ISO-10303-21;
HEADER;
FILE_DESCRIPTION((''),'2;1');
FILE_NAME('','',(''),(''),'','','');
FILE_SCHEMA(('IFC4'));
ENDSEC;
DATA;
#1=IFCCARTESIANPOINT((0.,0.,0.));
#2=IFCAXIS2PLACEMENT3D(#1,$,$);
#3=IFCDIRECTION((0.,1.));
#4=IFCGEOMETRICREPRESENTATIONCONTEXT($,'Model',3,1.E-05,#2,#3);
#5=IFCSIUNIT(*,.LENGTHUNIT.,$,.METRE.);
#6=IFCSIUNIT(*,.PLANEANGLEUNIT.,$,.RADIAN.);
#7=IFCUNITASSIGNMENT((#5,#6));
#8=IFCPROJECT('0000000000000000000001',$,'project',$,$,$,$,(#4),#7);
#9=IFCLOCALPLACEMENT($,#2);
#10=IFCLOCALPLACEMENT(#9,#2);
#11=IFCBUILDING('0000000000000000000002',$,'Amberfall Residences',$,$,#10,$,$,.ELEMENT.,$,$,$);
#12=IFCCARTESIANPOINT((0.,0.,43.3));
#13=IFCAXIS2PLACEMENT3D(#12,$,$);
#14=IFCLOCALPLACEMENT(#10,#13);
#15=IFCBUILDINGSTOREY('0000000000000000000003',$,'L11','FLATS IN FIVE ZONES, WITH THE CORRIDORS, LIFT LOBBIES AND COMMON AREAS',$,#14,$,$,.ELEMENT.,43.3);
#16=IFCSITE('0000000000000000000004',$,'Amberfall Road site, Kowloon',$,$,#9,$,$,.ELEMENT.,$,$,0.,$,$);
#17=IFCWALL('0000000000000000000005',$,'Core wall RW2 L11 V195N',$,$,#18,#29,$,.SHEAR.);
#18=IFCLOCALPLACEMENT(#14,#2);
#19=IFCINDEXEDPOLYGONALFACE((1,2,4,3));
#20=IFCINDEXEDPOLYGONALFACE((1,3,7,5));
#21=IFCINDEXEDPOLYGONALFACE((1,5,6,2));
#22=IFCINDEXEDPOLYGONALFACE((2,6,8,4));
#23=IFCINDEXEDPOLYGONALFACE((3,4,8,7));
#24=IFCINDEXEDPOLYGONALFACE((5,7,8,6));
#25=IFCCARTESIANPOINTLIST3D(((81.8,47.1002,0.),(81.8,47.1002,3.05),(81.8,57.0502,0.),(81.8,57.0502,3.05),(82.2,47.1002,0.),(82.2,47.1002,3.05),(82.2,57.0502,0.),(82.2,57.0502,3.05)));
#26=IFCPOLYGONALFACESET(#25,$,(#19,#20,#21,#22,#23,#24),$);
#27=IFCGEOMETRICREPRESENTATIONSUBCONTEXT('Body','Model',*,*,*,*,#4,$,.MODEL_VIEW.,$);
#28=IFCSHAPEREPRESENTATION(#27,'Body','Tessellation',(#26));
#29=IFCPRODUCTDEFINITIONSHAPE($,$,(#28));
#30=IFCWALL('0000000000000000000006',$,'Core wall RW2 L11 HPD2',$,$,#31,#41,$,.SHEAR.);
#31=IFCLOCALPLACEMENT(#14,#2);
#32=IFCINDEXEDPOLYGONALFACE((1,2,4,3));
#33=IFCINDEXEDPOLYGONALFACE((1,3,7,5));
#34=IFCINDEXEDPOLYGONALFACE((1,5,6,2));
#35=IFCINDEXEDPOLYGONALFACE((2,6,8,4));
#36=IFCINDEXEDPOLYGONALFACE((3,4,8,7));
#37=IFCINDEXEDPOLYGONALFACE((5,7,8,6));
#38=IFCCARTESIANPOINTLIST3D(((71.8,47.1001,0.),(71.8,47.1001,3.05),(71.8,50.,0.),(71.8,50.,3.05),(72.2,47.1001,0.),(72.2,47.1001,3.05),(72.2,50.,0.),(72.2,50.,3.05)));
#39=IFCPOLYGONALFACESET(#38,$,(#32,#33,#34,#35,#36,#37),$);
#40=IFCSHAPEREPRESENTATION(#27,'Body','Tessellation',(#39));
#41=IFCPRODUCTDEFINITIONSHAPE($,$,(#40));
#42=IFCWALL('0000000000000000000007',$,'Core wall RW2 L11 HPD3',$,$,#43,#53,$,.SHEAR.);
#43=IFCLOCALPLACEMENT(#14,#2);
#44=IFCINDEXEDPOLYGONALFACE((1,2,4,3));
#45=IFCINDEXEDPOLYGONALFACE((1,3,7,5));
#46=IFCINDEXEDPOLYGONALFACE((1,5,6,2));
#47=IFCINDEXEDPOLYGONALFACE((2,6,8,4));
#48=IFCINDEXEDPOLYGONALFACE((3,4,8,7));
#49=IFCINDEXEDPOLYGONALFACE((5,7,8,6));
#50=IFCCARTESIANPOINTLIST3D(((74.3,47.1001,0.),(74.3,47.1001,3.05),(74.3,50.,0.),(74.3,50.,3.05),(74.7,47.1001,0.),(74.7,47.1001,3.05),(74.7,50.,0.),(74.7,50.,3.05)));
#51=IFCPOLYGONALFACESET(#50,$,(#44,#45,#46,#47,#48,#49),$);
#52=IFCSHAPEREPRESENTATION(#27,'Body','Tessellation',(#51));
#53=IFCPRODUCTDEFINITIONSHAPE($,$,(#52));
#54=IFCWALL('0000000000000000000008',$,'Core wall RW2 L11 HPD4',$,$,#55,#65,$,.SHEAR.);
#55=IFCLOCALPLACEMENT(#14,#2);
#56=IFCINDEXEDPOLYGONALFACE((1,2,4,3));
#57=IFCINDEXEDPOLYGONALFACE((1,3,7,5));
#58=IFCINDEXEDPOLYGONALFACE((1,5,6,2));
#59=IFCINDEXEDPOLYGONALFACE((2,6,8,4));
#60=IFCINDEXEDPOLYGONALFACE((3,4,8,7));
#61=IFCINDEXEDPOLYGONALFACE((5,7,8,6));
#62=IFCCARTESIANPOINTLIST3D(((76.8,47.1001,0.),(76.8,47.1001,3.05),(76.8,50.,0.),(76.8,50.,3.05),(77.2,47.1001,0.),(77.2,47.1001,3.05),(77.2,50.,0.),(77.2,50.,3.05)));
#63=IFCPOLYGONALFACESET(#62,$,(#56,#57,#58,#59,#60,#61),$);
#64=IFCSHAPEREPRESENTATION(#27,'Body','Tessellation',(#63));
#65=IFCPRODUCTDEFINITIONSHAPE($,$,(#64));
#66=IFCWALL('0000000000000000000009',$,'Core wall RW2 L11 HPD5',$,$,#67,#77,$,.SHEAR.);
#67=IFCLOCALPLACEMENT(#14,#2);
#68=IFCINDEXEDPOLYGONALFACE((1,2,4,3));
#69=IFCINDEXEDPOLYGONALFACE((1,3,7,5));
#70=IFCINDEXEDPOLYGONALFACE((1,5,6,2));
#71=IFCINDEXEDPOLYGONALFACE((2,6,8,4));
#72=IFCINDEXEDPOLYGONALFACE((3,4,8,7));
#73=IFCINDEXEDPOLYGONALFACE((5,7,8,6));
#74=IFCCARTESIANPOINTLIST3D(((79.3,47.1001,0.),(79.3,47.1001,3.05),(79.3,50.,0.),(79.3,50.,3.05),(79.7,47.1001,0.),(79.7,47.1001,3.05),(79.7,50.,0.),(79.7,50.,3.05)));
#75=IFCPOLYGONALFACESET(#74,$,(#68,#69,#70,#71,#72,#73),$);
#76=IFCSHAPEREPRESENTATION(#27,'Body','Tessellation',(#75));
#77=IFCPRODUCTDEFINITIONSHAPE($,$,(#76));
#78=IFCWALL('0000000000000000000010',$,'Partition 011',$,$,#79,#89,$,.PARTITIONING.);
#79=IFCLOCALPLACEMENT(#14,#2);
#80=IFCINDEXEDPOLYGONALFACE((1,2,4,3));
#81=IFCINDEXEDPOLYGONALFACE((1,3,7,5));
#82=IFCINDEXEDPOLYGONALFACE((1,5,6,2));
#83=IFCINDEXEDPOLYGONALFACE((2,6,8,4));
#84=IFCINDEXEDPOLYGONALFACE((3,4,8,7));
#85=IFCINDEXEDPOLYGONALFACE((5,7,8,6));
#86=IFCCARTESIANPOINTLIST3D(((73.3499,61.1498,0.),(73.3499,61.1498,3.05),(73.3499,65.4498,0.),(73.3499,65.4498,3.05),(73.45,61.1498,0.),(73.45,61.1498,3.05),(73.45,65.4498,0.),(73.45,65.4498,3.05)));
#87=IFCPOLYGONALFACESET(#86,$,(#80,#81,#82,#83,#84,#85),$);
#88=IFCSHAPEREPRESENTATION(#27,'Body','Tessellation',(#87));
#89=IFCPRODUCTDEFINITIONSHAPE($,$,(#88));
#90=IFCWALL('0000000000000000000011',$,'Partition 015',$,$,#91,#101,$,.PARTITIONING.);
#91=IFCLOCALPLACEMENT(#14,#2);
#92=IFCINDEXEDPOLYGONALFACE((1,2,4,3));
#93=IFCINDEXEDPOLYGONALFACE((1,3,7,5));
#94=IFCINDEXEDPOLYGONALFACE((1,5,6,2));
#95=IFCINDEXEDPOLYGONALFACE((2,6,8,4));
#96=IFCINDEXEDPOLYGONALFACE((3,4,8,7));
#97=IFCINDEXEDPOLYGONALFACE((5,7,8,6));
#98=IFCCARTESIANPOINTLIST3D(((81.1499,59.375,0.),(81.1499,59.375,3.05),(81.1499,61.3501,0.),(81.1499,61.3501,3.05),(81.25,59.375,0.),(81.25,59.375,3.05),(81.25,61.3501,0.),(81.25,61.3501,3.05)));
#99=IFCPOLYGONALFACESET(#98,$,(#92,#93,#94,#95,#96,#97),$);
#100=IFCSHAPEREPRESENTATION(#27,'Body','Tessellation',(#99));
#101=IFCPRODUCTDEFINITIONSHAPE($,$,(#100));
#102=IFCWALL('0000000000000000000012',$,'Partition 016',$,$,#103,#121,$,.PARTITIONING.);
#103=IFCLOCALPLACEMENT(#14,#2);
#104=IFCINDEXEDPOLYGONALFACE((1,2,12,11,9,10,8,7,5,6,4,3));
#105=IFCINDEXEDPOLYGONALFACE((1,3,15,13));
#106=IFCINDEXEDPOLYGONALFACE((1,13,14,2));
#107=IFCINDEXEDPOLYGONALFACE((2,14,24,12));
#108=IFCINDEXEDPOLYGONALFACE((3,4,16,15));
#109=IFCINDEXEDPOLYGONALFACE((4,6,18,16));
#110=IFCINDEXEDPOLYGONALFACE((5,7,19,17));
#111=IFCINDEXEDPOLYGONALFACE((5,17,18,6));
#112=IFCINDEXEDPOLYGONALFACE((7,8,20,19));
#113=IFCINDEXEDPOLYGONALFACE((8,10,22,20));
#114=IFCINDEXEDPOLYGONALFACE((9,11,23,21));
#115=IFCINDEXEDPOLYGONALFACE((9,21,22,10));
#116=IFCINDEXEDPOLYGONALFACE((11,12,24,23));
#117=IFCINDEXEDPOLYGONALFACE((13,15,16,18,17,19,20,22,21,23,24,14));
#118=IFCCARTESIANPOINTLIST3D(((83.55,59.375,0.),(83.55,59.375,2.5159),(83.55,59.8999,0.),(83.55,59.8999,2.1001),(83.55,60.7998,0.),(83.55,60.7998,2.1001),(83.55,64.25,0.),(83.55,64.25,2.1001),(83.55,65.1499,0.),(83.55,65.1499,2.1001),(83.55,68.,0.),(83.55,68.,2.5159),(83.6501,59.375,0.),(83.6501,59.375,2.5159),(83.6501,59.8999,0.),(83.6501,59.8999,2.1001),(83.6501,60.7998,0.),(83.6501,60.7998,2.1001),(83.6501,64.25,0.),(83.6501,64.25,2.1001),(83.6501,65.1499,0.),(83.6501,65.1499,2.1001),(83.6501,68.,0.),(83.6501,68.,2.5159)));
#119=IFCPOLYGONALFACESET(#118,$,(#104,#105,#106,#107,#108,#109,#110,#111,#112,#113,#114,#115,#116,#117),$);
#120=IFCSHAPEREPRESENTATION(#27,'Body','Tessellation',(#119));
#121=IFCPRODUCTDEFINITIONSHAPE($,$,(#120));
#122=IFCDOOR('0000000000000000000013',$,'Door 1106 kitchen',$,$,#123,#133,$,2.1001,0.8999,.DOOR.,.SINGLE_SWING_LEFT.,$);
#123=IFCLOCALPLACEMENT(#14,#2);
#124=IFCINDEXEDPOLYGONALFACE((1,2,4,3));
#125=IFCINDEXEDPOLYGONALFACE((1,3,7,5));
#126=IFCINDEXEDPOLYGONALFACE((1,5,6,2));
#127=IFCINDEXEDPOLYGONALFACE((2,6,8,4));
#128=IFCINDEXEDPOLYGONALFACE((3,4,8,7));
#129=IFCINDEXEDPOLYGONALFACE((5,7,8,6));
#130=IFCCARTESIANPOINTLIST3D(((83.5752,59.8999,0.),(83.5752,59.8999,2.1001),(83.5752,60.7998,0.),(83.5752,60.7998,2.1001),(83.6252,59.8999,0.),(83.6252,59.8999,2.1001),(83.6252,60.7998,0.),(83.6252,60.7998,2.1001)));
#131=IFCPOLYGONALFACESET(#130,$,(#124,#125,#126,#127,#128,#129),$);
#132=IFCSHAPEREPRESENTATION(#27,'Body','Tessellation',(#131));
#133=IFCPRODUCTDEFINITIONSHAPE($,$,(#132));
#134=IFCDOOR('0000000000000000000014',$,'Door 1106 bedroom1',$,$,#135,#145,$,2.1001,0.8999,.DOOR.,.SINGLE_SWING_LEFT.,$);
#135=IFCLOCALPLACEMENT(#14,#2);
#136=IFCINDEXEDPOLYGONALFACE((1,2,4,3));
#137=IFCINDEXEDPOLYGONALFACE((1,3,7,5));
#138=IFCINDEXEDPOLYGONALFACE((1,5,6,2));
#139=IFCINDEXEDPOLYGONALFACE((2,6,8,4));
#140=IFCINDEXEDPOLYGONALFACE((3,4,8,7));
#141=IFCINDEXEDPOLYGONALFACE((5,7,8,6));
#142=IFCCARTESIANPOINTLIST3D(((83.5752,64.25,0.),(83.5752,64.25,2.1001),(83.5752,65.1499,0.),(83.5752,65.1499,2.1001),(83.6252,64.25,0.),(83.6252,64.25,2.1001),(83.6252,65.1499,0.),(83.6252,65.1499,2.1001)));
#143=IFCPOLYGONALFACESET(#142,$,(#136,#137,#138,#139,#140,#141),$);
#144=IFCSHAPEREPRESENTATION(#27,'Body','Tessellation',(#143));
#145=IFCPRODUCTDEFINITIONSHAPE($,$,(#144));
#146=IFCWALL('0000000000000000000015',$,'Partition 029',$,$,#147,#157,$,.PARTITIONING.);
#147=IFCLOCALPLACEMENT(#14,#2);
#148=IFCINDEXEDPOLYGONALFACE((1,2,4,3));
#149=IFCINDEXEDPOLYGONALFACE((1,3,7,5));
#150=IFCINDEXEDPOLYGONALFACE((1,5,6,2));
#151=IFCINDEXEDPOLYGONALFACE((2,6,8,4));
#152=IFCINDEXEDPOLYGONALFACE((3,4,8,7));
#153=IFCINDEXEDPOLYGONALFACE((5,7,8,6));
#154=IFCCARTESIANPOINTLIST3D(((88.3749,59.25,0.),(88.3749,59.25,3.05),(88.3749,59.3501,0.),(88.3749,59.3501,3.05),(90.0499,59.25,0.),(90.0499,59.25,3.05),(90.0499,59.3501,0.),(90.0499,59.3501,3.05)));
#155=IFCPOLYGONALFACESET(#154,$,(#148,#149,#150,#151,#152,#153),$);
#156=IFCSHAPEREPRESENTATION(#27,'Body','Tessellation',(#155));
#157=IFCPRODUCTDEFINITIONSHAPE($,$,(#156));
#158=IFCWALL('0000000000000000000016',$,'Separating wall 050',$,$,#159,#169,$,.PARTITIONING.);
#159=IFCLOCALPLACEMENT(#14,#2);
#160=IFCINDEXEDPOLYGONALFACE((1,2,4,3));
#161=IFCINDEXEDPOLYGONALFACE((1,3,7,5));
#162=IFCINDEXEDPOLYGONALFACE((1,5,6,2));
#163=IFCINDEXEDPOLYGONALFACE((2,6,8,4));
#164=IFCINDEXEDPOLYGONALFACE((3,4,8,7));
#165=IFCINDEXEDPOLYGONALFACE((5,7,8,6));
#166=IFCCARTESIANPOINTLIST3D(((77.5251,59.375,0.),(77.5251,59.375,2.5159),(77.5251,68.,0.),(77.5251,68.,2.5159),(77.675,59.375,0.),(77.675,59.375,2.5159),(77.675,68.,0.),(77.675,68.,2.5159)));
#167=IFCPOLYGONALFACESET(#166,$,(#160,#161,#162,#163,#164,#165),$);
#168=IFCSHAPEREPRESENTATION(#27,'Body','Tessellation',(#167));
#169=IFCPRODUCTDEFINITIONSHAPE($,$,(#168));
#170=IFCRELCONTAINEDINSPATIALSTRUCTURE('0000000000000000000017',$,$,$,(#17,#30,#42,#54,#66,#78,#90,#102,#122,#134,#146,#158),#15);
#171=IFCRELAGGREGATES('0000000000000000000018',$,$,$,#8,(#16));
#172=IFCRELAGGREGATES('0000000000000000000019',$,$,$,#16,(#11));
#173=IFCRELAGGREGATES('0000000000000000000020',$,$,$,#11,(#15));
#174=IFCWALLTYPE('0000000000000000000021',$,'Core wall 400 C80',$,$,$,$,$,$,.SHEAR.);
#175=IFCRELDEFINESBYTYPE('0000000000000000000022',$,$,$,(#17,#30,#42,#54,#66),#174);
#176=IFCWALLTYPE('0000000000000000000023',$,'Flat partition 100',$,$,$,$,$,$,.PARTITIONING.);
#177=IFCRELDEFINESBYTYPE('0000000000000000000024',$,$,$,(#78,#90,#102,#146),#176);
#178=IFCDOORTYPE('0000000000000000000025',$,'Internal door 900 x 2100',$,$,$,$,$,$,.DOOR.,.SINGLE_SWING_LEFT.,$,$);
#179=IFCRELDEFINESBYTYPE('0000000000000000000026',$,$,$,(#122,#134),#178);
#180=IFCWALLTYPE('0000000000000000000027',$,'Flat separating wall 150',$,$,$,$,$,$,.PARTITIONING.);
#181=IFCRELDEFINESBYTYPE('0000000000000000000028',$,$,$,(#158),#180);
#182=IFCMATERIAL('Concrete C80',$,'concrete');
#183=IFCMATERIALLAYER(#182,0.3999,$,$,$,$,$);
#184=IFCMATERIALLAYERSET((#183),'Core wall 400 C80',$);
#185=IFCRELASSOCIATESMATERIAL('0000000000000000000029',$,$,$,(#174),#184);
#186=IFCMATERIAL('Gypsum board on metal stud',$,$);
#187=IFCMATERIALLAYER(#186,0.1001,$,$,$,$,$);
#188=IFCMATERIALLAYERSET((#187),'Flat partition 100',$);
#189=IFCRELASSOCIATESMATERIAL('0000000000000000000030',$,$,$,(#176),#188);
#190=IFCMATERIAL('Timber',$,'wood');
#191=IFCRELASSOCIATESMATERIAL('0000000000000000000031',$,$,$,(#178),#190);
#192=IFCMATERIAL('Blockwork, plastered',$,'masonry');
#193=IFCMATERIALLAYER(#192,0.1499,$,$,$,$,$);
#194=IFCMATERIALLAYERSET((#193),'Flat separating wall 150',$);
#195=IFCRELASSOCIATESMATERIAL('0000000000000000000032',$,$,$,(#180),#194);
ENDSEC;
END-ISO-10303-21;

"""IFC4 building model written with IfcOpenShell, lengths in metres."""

from ifc_helpers import new_model, si_unit, direction, frame, frame_2d, origin, place, context, subcontext, project, spatial, rectangle, extrude, material, layer, layer_set, type_object, element, fill, save


model = new_model("IFC4")

# Units and contexts
model_context = context("Model", 3, precision=1e-05, world=origin(), true_north=direction((0.0, 1.0)))
body_context = subcontext(model_context, "Body", "Model", "MODEL_VIEW")
ifc_project = project(units=[si_unit("LENGTHUNIT", "METRE"), si_unit("PLANEANGLEUNIT", "RADIAN")], contexts=[model_context])

# Site, building, storey
site_placement = place(None, origin())
site = spatial("IfcSite", under=ifc_project, at=site_placement, Name="Amberfall Road site, Kowloon", CompositionType="ELEMENT", RefElevation=0.0)
building_placement = place(site_placement, origin())
building = spatial("IfcBuilding", under=site, at=building_placement, Name="Amberfall Residences", CompositionType="ELEMENT")
storey_placement = place(building_placement, frame((0.0, 0.0, 43.3)))
storey = spatial("IfcBuildingStorey", under=building, at=storey_placement, Name="L11", Description="FLATS IN FIVE ZONES, WITH THE CORRIDORS, LIFT LOBBIES AND COMMON AREAS", CompositionType="ELEMENT", Elevation=43.3)

# Walls
ifc_material_1 = material(Name="Concrete C80", Category="concrete")
ifc_layer_1 = layer(ifc_material_1, 0.3999)
ifc_layer_set_1 = layer_set([ifc_layer_1], Name="Core wall 400 C80")
wall_type_1 = type_object("IfcWallType", Name="Core wall 400 C80", PredefinedType="SHEAR", material=ifc_layer_set_1)
wall_1_placement = place(storey_placement, frame((82.0, 47.1001, 0.0), z_axis=(0.0, 0.0, 1.0), x_axis=(0.0, 1.0, 0.0)))
element("IfcWall", 1, at=wall_1_placement, inside=storey, type_object=wall_type_1, Name="Core wall RW2 L11 V195N", PredefinedType="SHEAR", context=body_context, shape_type="SweptSolid", body=[
    extrude(rectangle(XDim=9.95, YDim=0.3999, at=frame_2d((4.9751, 0.0))), origin(), (0.0, 0.0, 1.0), 3.05),
])
for number, where, z_axis, x_axis, name in (
    (2, (72.0, 47.1001, 0.0), (0.0, 0.0, 1.0), (0.0, 1.0, 0.0), "Core wall RW2 L11 HPD2"),
    (3, (74.5, 47.1001, 0.0), (0.0, 0.0, 1.0), (0.0, 1.0, 0.0), "Core wall RW2 L11 HPD3"),
    (4, (77.0, 47.1001, 0.0), (0.0, 0.0, 1.0), (0.0, 1.0, 0.0), "Core wall RW2 L11 HPD4"),
    (5, (79.5, 47.1001, 0.0), (0.0, 0.0, 1.0), (0.0, 1.0, 0.0), "Core wall RW2 L11 HPD5"),
):
    element("IfcWall", number, at=place(storey_placement, frame(where, z_axis=z_axis, x_axis=x_axis)), inside=storey, type_object=wall_type_1, Name=name, PredefinedType="SHEAR", context=body_context, shape_type="SweptSolid", body=[
        extrude(rectangle(XDim=2.8999, YDim=0.3999, at=frame_2d((1.45, 0.0))), origin(), (0.0, 0.0, 1.0), 3.05),
    ])
ifc_material_2 = material(Name="Gypsum board on metal stud")
ifc_layer_2 = layer(ifc_material_2, 0.1001)
ifc_layer_set_2 = layer_set([ifc_layer_2], Name="Flat partition 100")
wall_type_2 = type_object("IfcWallType", Name="Flat partition 100", PredefinedType="PARTITIONING", material=ifc_layer_set_2)
wall_2_placement = place(storey_placement, frame((73.3999, 61.1499, 0.0), z_axis=(0.0, 0.0, 1.0), x_axis=(0.0, 1.0, 0.0)))
element("IfcWall", 6, at=wall_2_placement, inside=storey, type_object=wall_type_2, Name="Partition 011", PredefinedType="PARTITIONING", context=body_context, shape_type="SweptSolid", body=[
    extrude(rectangle(XDim=4.3, YDim=0.1001, at=frame_2d((2.1499, 0.0))), origin(), (0.0, 0.0, 1.0), 3.05),
])
wall_3_placement = place(storey_placement, frame((81.2, 59.375, 0.0), z_axis=(0.0, 0.0, 1.0), x_axis=(0.0, 1.0, 0.0)))
element("IfcWall", 7, at=wall_3_placement, inside=storey, type_object=wall_type_2, Name="Partition 015", PredefinedType="PARTITIONING", context=body_context, shape_type="SweptSolid", body=[
    extrude(rectangle(XDim=1.9751, YDim=0.1001, at=frame_2d((0.9875, 0.0))), origin(), (0.0, 0.0, 1.0), 3.05),
])

# Wall, openings, doors
wall_4_placement = place(storey_placement, frame((83.6001, 59.375, 0.0), z_axis=(0.0, 0.0, 1.0), x_axis=(0.0, 1.0, 0.0)))
wall_4 = element("IfcWall", 8, at=wall_4_placement, inside=storey, type_object=wall_type_2, Name="Partition 016", PredefinedType="PARTITIONING", context=body_context, shape_type="SweptSolid", body=[
    extrude(rectangle(XDim=8.625, YDim=0.1001, at=frame_2d((4.3125, 0.0))), origin(), (0.0, 0.0, 1.0), 2.5159),
])
opening_1_placement = place(wall_4_placement, frame((0.5249, 0.0, 0.0)))
opening_1 = element("IfcOpeningElement", 9, at=opening_1_placement, cuts=wall_4, PredefinedType="OPENING", context=body_context, shape_type="SweptSolid", body=[
    extrude(rectangle(XDim=0.8999, YDim=2.1001, at=frame_2d((0.45, 1.05))), frame((0.0, 0.0601, 0.0), z_axis=(0.0, -1.0, 0.0), x_axis=(1.0, 0.0, 0.0)), (0.0, 0.0, 1.0), 0.1201),
])
opening_2_placement = place(wall_4_placement, frame((4.875, 0.0, 0.0)))
opening_2 = element("IfcOpeningElement", 10, at=opening_2_placement, cuts=wall_4, PredefinedType="OPENING", context=body_context, shape_type="SweptSolid", body=[
    extrude(rectangle(XDim=0.8999, YDim=2.1001, at=frame_2d((0.45, 1.05))), frame((0.0, 0.0601, 0.0), z_axis=(0.0, -1.0, 0.0), x_axis=(1.0, 0.0, 0.0)), (0.0, 0.0, 1.0), 0.1201),
])
ifc_material_3 = material(Name="Timber", Category="wood")
door_type_1 = type_object("IfcDoorType", Name="Internal door 900 x 2100", OperationType="SINGLE_SWING_LEFT", PredefinedType="DOOR", material=ifc_material_3)
door_1_placement = place(opening_1_placement, origin())
door_1 = element("IfcDoor", 11, at=door_1_placement, inside=storey, type_object=door_type_1, Name="Door 1106 kitchen", OperationType="SINGLE_SWING_LEFT", OverallHeight=2.1001, OverallWidth=0.8999, PredefinedType="DOOR", context=body_context, shape_type="SweptSolid", body=[
    extrude(rectangle(XDim=0.8999, YDim=2.1001, at=frame_2d((0.45, 1.05))), frame((0.0, 0.0249, 0.0), z_axis=(0.0, -1.0, 0.0), x_axis=(1.0, 0.0, 0.0)), (0.0, 0.0, 1.0), 0.05),
])
fill(opening_1, door_1)
door_2_placement = place(opening_2_placement, origin())
door_2 = element("IfcDoor", 12, at=door_2_placement, inside=storey, type_object=door_type_1, Name="Door 1106 bedroom1", OperationType="SINGLE_SWING_LEFT", OverallHeight=2.1001, OverallWidth=0.8999, PredefinedType="DOOR", context=body_context, shape_type="SweptSolid", body=[
    extrude(rectangle(XDim=0.8999, YDim=2.1001, at=frame_2d((0.45, 1.05))), frame((0.0, 0.0249, 0.0), z_axis=(0.0, -1.0, 0.0), x_axis=(1.0, 0.0, 0.0)), (0.0, 0.0, 1.0), 0.05),
])
fill(opening_2, door_2)

# Walls
wall_5_placement = place(storey_placement, frame((88.375, 59.3, 0.0), z_axis=(0.0, 0.0, 1.0), x_axis=(1.0, 0.0, 0.0)))
element("IfcWall", 13, at=wall_5_placement, inside=storey, type_object=wall_type_2, Name="Partition 029", PredefinedType="PARTITIONING", context=body_context, shape_type="SweptSolid", body=[
    extrude(rectangle(XDim=1.675, YDim=0.1001, at=frame_2d((0.8374, 0.0))), origin(), (0.0, 0.0, 1.0), 3.05),
])
ifc_material_4 = material(Name="Blockwork, plastered", Category="masonry")
ifc_layer_3 = layer(ifc_material_4, 0.1499)
ifc_layer_set_3 = layer_set([ifc_layer_3], Name="Flat separating wall 150")
wall_type_3 = type_object("IfcWallType", Name="Flat separating wall 150", PredefinedType="PARTITIONING", material=ifc_layer_set_3)
wall_6_placement = place(storey_placement, frame((77.6001, 59.375, 0.0), z_axis=(0.0, 0.0, 1.0), x_axis=(0.0, 1.0, 0.0)))
element("IfcWall", 14, at=wall_6_placement, inside=storey, type_object=wall_type_3, Name="Separating wall 050", PredefinedType="PARTITIONING", context=body_context, shape_type="SweptSolid", body=[
    extrude(rectangle(XDim=8.625, YDim=0.1499, at=frame_2d((4.3125, 0.0))), origin(), (0.0, 0.0, 1.0), 2.5159),
])

save(model, "model.ifc")
